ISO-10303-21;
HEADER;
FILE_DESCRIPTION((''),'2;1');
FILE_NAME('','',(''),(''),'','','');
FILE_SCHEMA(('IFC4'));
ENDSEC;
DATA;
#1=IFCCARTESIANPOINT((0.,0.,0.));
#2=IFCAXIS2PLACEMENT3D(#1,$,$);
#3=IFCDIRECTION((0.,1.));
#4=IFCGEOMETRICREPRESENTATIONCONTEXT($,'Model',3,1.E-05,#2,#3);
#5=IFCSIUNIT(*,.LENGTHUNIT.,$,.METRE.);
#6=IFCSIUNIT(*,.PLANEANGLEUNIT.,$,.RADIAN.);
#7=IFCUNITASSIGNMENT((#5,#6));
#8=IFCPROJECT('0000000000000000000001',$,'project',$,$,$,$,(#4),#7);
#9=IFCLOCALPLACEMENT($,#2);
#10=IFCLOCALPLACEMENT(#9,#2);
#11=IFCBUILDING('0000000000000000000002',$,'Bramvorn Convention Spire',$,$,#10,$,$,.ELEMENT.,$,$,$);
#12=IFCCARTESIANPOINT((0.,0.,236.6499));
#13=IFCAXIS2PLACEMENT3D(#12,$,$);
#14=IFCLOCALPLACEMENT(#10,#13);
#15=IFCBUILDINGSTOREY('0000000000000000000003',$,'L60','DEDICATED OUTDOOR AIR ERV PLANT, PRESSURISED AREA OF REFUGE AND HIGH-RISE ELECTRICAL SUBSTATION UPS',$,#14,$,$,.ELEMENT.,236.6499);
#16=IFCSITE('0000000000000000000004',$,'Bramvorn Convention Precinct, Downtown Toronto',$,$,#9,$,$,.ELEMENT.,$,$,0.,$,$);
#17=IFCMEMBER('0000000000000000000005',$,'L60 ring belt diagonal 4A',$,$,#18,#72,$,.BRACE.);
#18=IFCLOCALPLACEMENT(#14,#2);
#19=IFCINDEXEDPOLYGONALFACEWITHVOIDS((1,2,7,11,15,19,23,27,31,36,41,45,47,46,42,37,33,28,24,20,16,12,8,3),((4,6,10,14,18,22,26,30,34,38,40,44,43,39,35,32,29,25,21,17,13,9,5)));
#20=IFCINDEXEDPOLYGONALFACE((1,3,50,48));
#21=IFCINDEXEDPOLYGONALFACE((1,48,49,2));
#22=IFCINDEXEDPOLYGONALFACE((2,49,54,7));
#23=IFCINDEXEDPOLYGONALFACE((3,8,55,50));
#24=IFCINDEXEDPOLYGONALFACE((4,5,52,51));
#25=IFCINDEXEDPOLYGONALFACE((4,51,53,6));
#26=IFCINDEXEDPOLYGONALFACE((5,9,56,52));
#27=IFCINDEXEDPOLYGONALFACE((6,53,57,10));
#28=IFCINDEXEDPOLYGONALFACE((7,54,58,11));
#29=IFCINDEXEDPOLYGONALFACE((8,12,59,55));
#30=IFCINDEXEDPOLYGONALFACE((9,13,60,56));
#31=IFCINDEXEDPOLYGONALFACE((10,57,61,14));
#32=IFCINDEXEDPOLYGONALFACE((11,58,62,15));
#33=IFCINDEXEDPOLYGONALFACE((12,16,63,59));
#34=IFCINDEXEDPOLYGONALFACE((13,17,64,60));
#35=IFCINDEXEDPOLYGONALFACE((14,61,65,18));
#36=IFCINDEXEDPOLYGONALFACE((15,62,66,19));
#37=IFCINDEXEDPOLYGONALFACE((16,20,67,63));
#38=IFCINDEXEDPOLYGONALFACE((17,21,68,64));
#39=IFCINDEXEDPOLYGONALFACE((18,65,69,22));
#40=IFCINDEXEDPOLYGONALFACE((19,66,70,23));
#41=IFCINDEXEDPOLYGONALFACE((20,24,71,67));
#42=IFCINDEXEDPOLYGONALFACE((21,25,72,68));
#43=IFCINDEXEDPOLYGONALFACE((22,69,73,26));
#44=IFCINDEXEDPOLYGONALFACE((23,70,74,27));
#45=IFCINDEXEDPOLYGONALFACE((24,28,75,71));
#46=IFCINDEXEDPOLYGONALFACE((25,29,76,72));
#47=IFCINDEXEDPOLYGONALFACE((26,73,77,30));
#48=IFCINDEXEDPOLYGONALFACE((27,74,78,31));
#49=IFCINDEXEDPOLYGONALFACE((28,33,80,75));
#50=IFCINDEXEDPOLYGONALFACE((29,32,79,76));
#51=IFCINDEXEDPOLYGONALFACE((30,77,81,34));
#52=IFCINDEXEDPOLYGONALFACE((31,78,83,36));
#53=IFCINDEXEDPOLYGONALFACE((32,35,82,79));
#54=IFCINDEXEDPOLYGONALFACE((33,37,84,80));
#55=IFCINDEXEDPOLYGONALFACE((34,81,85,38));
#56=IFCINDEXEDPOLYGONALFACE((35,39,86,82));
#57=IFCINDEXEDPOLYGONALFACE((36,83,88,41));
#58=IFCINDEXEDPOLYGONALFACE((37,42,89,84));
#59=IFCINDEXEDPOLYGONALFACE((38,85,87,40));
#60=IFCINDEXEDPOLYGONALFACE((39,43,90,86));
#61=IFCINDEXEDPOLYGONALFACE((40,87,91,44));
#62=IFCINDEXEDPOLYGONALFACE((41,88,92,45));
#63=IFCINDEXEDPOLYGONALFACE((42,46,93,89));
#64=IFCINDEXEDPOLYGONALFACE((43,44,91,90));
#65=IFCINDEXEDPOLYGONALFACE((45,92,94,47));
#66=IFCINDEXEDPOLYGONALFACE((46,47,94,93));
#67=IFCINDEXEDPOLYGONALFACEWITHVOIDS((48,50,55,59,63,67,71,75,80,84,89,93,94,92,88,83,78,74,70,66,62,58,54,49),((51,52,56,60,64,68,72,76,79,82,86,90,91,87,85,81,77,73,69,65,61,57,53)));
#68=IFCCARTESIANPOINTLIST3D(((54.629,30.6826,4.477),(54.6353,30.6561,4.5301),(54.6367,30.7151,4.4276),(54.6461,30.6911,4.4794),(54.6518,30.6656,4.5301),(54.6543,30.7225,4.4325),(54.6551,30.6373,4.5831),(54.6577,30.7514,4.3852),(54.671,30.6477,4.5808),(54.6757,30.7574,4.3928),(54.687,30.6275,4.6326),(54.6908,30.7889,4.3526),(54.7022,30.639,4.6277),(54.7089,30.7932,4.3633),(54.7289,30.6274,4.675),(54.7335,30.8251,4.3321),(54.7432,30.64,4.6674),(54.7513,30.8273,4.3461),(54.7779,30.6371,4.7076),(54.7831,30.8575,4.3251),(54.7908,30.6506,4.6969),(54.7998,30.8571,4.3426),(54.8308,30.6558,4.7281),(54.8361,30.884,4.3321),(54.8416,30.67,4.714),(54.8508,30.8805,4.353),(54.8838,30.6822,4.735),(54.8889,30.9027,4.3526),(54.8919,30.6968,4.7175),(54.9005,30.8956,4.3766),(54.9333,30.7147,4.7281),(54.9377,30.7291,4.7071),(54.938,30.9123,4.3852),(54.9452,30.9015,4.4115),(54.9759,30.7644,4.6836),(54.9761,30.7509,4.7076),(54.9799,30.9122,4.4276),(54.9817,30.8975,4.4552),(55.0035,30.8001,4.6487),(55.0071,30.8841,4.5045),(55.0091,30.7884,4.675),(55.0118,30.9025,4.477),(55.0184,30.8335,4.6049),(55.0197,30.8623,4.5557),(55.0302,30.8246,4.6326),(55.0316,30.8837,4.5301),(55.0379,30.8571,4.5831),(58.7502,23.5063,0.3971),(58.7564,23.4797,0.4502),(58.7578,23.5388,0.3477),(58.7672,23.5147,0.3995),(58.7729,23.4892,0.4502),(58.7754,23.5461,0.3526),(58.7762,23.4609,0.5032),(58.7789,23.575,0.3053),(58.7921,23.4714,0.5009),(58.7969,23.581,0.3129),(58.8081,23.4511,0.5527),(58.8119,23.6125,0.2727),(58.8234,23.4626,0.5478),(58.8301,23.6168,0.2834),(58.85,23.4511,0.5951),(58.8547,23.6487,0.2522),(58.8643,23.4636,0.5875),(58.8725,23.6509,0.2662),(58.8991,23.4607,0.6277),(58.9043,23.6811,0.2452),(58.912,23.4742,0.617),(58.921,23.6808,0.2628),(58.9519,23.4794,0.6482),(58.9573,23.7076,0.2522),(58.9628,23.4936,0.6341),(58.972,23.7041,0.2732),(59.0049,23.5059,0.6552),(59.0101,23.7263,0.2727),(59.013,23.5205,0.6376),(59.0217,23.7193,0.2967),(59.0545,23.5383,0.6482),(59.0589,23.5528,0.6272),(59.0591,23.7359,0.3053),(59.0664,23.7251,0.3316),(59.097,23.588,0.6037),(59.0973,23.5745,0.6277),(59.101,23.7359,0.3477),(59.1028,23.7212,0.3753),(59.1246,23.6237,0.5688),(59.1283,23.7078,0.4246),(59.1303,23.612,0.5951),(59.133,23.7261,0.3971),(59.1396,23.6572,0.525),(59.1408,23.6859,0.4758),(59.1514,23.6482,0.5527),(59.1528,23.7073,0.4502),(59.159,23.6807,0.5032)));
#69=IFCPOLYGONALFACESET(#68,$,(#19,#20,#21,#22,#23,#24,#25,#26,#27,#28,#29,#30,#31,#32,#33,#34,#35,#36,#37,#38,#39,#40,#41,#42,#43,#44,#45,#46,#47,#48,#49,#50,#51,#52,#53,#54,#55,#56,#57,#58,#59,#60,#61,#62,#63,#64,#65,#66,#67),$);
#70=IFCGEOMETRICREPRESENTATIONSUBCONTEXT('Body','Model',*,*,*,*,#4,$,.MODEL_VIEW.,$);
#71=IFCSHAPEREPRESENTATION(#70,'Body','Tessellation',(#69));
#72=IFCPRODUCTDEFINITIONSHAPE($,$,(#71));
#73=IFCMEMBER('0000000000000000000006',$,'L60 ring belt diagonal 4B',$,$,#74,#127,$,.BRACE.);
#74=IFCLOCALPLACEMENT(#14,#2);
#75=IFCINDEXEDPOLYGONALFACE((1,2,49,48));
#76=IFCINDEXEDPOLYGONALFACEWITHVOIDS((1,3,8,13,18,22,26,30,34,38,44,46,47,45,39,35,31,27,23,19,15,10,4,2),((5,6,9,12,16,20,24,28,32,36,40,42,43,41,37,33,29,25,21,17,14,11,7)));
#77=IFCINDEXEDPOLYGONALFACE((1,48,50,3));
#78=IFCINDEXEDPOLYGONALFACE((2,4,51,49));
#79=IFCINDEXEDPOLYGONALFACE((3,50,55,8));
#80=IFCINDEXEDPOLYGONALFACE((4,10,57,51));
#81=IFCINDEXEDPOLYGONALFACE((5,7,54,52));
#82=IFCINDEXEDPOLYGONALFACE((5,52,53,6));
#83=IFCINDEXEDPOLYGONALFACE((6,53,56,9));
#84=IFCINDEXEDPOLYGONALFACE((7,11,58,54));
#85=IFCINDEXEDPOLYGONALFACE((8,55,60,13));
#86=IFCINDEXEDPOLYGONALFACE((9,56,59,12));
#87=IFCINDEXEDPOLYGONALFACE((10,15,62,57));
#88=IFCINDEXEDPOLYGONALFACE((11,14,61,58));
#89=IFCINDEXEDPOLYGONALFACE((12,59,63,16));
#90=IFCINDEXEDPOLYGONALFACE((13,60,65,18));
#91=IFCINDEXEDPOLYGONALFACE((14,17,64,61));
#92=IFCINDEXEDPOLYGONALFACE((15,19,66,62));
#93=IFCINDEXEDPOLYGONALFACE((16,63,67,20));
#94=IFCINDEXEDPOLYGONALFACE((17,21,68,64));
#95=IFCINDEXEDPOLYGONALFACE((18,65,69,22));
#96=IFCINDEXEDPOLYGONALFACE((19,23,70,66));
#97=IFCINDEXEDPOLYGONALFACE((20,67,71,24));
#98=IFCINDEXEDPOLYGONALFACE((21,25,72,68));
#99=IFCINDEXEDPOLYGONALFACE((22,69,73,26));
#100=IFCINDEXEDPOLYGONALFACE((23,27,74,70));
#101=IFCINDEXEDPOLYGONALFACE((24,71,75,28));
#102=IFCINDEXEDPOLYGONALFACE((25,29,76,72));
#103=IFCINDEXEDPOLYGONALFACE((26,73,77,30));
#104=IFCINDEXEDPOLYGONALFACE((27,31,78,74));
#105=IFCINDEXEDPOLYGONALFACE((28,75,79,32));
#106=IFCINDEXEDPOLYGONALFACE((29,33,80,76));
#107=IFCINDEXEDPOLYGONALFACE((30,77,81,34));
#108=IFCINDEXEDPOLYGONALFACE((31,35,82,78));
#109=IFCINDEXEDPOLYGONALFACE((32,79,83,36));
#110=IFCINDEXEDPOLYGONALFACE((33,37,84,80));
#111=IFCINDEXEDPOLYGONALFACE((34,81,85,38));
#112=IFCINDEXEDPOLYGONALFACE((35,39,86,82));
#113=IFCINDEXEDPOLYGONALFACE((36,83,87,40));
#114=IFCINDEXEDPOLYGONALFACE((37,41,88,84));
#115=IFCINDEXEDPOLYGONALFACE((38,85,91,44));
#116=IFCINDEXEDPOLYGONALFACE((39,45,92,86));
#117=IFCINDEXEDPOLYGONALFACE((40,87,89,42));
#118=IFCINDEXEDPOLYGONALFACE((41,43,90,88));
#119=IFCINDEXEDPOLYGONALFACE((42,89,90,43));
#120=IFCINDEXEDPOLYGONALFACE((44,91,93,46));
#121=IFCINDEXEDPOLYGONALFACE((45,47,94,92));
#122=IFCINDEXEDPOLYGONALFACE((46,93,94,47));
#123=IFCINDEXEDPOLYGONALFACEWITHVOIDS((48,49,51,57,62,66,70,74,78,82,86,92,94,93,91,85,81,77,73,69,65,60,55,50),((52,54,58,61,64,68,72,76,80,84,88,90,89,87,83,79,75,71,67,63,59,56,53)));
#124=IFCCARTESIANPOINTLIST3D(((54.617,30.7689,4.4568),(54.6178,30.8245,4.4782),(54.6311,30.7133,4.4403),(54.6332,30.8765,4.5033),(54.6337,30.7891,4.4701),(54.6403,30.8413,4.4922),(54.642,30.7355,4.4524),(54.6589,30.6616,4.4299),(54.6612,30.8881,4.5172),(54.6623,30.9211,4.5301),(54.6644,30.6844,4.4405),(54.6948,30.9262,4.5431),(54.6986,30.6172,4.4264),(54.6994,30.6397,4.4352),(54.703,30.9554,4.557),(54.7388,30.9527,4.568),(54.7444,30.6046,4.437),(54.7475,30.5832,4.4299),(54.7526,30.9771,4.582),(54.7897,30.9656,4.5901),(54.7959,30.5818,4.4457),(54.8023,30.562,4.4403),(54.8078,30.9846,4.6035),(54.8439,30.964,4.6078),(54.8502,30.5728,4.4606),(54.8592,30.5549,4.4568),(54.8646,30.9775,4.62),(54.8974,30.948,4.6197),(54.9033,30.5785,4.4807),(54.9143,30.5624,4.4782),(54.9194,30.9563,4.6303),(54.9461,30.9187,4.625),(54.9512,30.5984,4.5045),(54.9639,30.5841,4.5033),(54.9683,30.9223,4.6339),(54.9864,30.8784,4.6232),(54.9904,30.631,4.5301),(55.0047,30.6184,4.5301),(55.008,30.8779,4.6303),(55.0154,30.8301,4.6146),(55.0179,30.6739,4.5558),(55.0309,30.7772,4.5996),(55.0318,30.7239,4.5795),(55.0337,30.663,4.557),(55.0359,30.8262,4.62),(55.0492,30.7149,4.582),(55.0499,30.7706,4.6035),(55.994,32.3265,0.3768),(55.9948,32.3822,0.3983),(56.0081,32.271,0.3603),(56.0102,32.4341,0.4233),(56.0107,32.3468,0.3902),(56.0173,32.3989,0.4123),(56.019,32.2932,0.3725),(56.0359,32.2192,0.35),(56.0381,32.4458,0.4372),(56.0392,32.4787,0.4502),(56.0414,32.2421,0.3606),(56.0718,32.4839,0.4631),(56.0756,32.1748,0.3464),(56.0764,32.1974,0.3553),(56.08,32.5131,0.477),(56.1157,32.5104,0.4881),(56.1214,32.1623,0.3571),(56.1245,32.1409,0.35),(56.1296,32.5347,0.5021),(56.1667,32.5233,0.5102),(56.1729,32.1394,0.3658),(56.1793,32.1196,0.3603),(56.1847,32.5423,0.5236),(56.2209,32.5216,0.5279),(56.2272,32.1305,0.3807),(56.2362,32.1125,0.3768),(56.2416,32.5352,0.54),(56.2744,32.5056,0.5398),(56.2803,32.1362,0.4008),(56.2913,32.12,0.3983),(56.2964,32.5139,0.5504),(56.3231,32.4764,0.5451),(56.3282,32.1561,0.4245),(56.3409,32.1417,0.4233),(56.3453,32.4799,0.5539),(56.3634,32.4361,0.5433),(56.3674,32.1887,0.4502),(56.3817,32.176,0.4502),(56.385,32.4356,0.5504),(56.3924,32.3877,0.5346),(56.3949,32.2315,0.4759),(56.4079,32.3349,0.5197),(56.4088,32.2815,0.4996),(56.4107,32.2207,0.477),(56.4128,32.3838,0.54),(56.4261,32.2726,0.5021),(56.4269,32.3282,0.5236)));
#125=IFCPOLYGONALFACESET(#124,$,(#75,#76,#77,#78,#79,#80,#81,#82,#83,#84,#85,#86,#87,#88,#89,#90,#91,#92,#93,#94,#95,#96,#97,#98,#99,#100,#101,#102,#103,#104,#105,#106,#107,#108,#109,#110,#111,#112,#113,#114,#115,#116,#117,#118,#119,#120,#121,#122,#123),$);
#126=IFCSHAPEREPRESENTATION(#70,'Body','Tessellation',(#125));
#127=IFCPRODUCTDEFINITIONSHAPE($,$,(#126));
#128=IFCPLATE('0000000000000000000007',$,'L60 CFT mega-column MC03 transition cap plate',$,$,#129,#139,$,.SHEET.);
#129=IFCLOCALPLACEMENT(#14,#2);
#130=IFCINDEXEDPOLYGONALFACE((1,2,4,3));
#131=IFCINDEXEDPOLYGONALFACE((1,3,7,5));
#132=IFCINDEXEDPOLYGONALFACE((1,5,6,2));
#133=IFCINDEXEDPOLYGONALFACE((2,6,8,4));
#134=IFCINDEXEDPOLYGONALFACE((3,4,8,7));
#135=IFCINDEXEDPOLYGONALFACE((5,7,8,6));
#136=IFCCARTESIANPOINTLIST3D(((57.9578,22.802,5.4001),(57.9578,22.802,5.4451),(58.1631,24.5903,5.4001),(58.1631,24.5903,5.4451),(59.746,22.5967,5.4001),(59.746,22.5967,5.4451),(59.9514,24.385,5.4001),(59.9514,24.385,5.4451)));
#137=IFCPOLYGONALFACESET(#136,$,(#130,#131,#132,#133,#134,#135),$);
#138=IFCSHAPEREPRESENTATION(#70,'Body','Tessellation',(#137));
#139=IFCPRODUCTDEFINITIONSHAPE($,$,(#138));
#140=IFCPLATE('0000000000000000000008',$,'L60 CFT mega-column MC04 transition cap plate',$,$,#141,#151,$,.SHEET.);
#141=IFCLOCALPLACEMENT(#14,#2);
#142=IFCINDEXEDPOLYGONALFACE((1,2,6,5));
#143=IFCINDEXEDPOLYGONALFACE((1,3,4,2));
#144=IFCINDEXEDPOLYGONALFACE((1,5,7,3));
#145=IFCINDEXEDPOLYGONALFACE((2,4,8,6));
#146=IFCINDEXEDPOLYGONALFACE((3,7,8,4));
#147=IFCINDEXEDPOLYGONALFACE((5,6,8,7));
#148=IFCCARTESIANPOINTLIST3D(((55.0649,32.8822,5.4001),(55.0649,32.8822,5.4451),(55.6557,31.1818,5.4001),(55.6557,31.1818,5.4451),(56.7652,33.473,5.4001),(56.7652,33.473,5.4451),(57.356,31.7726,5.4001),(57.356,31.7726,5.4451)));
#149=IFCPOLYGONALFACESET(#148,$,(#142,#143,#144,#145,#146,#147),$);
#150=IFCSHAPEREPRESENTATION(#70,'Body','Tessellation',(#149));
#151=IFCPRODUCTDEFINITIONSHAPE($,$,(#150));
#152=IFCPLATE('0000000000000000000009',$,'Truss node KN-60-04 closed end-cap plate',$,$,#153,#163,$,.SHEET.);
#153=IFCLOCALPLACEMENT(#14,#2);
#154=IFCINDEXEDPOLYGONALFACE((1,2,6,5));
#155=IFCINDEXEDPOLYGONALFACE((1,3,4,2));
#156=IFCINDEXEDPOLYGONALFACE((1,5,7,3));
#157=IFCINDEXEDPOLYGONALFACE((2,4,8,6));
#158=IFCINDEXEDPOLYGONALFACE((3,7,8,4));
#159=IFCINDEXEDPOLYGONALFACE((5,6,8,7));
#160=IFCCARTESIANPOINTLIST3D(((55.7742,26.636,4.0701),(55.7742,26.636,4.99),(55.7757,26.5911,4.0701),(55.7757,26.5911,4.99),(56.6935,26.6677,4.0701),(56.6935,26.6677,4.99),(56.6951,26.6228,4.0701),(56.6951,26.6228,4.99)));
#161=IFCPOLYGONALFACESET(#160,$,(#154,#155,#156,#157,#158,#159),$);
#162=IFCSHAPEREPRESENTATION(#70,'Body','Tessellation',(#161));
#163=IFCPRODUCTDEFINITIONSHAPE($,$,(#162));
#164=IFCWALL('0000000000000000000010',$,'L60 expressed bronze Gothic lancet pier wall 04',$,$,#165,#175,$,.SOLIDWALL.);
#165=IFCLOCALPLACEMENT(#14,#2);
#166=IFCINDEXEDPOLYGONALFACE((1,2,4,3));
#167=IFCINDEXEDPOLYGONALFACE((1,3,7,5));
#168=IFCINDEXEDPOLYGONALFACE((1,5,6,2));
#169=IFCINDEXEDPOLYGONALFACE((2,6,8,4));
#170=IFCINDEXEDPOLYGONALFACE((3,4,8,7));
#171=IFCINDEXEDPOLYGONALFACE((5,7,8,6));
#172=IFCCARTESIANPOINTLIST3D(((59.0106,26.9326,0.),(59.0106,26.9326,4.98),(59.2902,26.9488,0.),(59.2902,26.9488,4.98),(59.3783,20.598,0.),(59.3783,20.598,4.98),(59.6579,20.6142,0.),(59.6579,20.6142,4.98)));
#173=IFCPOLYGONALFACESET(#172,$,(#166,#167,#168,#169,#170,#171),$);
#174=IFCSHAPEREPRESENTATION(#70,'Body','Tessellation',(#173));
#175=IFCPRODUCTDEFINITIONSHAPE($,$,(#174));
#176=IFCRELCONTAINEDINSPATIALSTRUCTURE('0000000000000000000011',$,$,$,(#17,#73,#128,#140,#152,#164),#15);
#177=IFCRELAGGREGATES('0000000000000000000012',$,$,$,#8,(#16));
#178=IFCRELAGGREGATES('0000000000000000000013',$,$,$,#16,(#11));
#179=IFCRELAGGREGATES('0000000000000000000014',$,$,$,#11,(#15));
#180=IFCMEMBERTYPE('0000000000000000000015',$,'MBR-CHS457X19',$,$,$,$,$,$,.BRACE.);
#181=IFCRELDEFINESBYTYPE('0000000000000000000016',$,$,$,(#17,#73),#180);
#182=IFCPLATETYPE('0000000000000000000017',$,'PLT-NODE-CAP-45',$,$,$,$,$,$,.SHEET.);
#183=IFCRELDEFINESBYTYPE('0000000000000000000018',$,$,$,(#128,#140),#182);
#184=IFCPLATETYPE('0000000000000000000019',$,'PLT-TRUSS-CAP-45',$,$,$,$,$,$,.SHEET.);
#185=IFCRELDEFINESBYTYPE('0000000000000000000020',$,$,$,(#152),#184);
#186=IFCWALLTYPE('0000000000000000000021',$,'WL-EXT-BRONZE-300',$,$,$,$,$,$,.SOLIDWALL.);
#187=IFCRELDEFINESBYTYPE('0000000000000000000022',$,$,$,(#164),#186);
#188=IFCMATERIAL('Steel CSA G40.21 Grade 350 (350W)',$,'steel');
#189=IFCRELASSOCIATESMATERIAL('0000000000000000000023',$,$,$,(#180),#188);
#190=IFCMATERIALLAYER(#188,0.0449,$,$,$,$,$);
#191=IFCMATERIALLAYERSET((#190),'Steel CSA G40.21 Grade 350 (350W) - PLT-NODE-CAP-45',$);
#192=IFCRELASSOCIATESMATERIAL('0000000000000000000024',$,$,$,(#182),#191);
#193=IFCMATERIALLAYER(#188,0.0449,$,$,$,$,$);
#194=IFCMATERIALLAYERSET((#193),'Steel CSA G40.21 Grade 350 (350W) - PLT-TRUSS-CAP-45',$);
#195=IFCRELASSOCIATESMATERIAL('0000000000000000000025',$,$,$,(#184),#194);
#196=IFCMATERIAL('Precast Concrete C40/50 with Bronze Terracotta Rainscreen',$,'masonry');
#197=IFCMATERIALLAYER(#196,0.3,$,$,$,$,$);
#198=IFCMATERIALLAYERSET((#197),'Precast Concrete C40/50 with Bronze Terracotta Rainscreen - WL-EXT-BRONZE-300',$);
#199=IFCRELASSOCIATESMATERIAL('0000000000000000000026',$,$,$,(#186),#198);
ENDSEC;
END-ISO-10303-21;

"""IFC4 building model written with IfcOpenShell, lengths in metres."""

from ifc_helpers import new_model, si_unit, direction, frame, frame_2d, origin, origin_2d, place, context, subcontext, project, spatial, rectangle, hollow_circle, extrude, material, layer, layer_set, material_profile, profile_set, type_object, element, save


model = new_model("IFC4")

# Units and contexts
model_context = context("Model", 3, precision=1e-05, world=origin(), true_north=direction((0.0, 1.0)))
body_context = subcontext(model_context, "Body", "Model", "MODEL_VIEW")
ifc_project = project(units=[si_unit("LENGTHUNIT", "METRE"), si_unit("PLANEANGLEUNIT", "RADIAN")], contexts=[model_context])

# Site, building, storey
site_placement = place(None, origin())
site = spatial("IfcSite", under=ifc_project, at=site_placement, Name="Bramvorn Convention Precinct, Downtown Toronto", CompositionType="ELEMENT", RefElevation=0.0)
building_placement = place(site_placement, origin())
building = spatial("IfcBuilding", under=site, at=building_placement, Name="Bramvorn Convention Spire", CompositionType="ELEMENT")
storey_placement = place(building_placement, frame((0.0, 0.0, 236.6499)))
storey = spatial("IfcBuildingStorey", under=building, at=storey_placement, Name="L60", Description="DEDICATED OUTDOOR AIR ERV PLANT, PRESSURISED AREA OF REFUGE AND HIGH-RISE ELECTRICAL SUBSTATION UPS", CompositionType="ELEMENT", Elevation=236.6499)

# Shared definitions
ifc_material_1 = material(Name="Steel CSA G40.21 Grade 350 (350W)", Category="steel")

# Members
ifc_material_profile_1 = material_profile(ifc_material_1, hollow_circle(Radius=0.2285, WallThickness=0.019, at=origin_2d()))
ifc_profile_set_1 = profile_set([ifc_material_profile_1], Name="Steel CSA G40.21 Grade 350 (350W) - CHS457X19")
member_type_1 = type_object("IfcMemberType", Name="MBR-CHS457X19", PredefinedType="BRACE", material=ifc_profile_set_1)
member_1_placement = place(storey_placement, frame((58.9546, 23.5935, 0.4502), z_axis=(-0.446661, 0.777793, 0.442189), x_axis=(-0.867181, -0.497993, 0.0)))
element("IfcMember", 1, at=member_1_placement, inside=storey, type_object=member_type_1, Name="L60 ring belt diagonal 4A", PredefinedType="BRACE", context=body_context, shape_type="SweptSolid", body=[
    extrude(hollow_circle(Radius=0.2285, WallThickness=0.019, at=origin_2d()), origin(), (0.0, 0.0, 1.0), 9.2266),
])
member_2_placement = place(storey_placement, frame((56.2104, 32.3274, 0.4502), z_axis=(-0.300711, -0.340166, 0.890989), x_axis=(0.749221, -0.66232, 0.0)))
element("IfcMember", 2, at=member_2_placement, inside=storey, type_object=member_type_1, Name="L60 ring belt diagonal 4B", PredefinedType="BRACE", context=body_context, shape_type="SweptSolid", body=[
    extrude(hollow_circle(Radius=0.2285, WallThickness=0.019, at=origin_2d()), origin(), (0.0, 0.0, 1.0), 4.5791),
])

# Plates
ifc_layer_1 = layer(ifc_material_1, 0.0449)
ifc_layer_set_1 = layer_set([ifc_layer_1], Name="Steel CSA G40.21 Grade 350 (350W) - PLT-NODE-CAP-45")
plate_type_1 = type_object("IfcPlateType", Name="PLT-NODE-CAP-45", PredefinedType="SHEET", material=ifc_layer_set_1)
for number, where, z_axis, x_axis, name in (
    (3, (58.9546, 23.5935, 5.4001), (0.0, 0.0, 1.0), (0.99347, -0.114098, 0.0), "L60 CFT mega-column MC03 transition cap plate"),
    (4, (56.2104, 32.3274, 5.4001), (0.0, 0.0, 1.0), (0.944605, 0.328208, 0.0), "L60 CFT mega-column MC04 transition cap plate"),
):
    element("IfcPlate", number, at=place(storey_placement, frame(where, z_axis=z_axis, x_axis=x_axis)), inside=storey, type_object=plate_type_1, Name=name, PredefinedType="SHEET", context=body_context, shape_type="SweptSolid", body=[
        extrude(rectangle(XDim=1.8, YDim=1.8, at=origin_2d()), origin(), (0.0, 0.0, 1.0), 0.0449),
    ])
ifc_layer_2 = layer(ifc_material_1, 0.0449)
ifc_layer_set_2 = layer_set([ifc_layer_2], Name="Steel CSA G40.21 Grade 350 (350W) - PLT-TRUSS-CAP-45")
plate_type_2 = type_object("IfcPlateType", Name="PLT-TRUSS-CAP-45", PredefinedType="SHEET", material=ifc_layer_set_2)
plate_placement = place(storey_placement, frame((56.2346, 26.6294, 4.0701), z_axis=(0.0, 0.0, 1.0), x_axis=(0.999405, 0.034502, 0.0)))
element("IfcPlate", 5, at=plate_placement, inside=storey, type_object=plate_type_2, Name="Truss node KN-60-04 closed end-cap plate", PredefinedType="SHEET", context=body_context, shape_type="SweptSolid", body=[
    extrude(rectangle(XDim=0.9199, YDim=0.0449, at=origin_2d()), origin(), (0.0, 0.0, 1.0), 0.9199),
])

# Wall
ifc_material_2 = material(Name="Precast Concrete C40/50 with Bronze Terracotta Rainscreen", Category="masonry")
ifc_layer_3 = layer(ifc_material_2, 0.3)
ifc_layer_set_3 = layer_set([ifc_layer_3], Name="Precast Concrete C40/50 with Bronze Terracotta Rainscreen - WL-EXT-BRONZE-300")
wall_type = type_object("IfcWallType", Name="WL-EXT-BRONZE-300", PredefinedType="SOLIDWALL", material=ifc_layer_set_3)
wall_placement = place(storey_placement, frame((59.1504, 26.9407, 0.0), z_axis=(0.0, 0.0, 1.0), x_axis=(0.057946, -0.99832, 0.0)))
element("IfcWall", 6, at=wall_placement, inside=storey, type_object=wall_type, Name="L60 expressed bronze Gothic lancet pier wall 04", PredefinedType="SOLIDWALL", context=body_context, shape_type="SweptSolid", body=[
    extrude(rectangle(XDim=6.3452, YDim=0.28, at=frame_2d((3.1726, 0.0))), origin(), (0.0, 0.0, 1.0), 4.98),
])

save(model, "model.ifc")
